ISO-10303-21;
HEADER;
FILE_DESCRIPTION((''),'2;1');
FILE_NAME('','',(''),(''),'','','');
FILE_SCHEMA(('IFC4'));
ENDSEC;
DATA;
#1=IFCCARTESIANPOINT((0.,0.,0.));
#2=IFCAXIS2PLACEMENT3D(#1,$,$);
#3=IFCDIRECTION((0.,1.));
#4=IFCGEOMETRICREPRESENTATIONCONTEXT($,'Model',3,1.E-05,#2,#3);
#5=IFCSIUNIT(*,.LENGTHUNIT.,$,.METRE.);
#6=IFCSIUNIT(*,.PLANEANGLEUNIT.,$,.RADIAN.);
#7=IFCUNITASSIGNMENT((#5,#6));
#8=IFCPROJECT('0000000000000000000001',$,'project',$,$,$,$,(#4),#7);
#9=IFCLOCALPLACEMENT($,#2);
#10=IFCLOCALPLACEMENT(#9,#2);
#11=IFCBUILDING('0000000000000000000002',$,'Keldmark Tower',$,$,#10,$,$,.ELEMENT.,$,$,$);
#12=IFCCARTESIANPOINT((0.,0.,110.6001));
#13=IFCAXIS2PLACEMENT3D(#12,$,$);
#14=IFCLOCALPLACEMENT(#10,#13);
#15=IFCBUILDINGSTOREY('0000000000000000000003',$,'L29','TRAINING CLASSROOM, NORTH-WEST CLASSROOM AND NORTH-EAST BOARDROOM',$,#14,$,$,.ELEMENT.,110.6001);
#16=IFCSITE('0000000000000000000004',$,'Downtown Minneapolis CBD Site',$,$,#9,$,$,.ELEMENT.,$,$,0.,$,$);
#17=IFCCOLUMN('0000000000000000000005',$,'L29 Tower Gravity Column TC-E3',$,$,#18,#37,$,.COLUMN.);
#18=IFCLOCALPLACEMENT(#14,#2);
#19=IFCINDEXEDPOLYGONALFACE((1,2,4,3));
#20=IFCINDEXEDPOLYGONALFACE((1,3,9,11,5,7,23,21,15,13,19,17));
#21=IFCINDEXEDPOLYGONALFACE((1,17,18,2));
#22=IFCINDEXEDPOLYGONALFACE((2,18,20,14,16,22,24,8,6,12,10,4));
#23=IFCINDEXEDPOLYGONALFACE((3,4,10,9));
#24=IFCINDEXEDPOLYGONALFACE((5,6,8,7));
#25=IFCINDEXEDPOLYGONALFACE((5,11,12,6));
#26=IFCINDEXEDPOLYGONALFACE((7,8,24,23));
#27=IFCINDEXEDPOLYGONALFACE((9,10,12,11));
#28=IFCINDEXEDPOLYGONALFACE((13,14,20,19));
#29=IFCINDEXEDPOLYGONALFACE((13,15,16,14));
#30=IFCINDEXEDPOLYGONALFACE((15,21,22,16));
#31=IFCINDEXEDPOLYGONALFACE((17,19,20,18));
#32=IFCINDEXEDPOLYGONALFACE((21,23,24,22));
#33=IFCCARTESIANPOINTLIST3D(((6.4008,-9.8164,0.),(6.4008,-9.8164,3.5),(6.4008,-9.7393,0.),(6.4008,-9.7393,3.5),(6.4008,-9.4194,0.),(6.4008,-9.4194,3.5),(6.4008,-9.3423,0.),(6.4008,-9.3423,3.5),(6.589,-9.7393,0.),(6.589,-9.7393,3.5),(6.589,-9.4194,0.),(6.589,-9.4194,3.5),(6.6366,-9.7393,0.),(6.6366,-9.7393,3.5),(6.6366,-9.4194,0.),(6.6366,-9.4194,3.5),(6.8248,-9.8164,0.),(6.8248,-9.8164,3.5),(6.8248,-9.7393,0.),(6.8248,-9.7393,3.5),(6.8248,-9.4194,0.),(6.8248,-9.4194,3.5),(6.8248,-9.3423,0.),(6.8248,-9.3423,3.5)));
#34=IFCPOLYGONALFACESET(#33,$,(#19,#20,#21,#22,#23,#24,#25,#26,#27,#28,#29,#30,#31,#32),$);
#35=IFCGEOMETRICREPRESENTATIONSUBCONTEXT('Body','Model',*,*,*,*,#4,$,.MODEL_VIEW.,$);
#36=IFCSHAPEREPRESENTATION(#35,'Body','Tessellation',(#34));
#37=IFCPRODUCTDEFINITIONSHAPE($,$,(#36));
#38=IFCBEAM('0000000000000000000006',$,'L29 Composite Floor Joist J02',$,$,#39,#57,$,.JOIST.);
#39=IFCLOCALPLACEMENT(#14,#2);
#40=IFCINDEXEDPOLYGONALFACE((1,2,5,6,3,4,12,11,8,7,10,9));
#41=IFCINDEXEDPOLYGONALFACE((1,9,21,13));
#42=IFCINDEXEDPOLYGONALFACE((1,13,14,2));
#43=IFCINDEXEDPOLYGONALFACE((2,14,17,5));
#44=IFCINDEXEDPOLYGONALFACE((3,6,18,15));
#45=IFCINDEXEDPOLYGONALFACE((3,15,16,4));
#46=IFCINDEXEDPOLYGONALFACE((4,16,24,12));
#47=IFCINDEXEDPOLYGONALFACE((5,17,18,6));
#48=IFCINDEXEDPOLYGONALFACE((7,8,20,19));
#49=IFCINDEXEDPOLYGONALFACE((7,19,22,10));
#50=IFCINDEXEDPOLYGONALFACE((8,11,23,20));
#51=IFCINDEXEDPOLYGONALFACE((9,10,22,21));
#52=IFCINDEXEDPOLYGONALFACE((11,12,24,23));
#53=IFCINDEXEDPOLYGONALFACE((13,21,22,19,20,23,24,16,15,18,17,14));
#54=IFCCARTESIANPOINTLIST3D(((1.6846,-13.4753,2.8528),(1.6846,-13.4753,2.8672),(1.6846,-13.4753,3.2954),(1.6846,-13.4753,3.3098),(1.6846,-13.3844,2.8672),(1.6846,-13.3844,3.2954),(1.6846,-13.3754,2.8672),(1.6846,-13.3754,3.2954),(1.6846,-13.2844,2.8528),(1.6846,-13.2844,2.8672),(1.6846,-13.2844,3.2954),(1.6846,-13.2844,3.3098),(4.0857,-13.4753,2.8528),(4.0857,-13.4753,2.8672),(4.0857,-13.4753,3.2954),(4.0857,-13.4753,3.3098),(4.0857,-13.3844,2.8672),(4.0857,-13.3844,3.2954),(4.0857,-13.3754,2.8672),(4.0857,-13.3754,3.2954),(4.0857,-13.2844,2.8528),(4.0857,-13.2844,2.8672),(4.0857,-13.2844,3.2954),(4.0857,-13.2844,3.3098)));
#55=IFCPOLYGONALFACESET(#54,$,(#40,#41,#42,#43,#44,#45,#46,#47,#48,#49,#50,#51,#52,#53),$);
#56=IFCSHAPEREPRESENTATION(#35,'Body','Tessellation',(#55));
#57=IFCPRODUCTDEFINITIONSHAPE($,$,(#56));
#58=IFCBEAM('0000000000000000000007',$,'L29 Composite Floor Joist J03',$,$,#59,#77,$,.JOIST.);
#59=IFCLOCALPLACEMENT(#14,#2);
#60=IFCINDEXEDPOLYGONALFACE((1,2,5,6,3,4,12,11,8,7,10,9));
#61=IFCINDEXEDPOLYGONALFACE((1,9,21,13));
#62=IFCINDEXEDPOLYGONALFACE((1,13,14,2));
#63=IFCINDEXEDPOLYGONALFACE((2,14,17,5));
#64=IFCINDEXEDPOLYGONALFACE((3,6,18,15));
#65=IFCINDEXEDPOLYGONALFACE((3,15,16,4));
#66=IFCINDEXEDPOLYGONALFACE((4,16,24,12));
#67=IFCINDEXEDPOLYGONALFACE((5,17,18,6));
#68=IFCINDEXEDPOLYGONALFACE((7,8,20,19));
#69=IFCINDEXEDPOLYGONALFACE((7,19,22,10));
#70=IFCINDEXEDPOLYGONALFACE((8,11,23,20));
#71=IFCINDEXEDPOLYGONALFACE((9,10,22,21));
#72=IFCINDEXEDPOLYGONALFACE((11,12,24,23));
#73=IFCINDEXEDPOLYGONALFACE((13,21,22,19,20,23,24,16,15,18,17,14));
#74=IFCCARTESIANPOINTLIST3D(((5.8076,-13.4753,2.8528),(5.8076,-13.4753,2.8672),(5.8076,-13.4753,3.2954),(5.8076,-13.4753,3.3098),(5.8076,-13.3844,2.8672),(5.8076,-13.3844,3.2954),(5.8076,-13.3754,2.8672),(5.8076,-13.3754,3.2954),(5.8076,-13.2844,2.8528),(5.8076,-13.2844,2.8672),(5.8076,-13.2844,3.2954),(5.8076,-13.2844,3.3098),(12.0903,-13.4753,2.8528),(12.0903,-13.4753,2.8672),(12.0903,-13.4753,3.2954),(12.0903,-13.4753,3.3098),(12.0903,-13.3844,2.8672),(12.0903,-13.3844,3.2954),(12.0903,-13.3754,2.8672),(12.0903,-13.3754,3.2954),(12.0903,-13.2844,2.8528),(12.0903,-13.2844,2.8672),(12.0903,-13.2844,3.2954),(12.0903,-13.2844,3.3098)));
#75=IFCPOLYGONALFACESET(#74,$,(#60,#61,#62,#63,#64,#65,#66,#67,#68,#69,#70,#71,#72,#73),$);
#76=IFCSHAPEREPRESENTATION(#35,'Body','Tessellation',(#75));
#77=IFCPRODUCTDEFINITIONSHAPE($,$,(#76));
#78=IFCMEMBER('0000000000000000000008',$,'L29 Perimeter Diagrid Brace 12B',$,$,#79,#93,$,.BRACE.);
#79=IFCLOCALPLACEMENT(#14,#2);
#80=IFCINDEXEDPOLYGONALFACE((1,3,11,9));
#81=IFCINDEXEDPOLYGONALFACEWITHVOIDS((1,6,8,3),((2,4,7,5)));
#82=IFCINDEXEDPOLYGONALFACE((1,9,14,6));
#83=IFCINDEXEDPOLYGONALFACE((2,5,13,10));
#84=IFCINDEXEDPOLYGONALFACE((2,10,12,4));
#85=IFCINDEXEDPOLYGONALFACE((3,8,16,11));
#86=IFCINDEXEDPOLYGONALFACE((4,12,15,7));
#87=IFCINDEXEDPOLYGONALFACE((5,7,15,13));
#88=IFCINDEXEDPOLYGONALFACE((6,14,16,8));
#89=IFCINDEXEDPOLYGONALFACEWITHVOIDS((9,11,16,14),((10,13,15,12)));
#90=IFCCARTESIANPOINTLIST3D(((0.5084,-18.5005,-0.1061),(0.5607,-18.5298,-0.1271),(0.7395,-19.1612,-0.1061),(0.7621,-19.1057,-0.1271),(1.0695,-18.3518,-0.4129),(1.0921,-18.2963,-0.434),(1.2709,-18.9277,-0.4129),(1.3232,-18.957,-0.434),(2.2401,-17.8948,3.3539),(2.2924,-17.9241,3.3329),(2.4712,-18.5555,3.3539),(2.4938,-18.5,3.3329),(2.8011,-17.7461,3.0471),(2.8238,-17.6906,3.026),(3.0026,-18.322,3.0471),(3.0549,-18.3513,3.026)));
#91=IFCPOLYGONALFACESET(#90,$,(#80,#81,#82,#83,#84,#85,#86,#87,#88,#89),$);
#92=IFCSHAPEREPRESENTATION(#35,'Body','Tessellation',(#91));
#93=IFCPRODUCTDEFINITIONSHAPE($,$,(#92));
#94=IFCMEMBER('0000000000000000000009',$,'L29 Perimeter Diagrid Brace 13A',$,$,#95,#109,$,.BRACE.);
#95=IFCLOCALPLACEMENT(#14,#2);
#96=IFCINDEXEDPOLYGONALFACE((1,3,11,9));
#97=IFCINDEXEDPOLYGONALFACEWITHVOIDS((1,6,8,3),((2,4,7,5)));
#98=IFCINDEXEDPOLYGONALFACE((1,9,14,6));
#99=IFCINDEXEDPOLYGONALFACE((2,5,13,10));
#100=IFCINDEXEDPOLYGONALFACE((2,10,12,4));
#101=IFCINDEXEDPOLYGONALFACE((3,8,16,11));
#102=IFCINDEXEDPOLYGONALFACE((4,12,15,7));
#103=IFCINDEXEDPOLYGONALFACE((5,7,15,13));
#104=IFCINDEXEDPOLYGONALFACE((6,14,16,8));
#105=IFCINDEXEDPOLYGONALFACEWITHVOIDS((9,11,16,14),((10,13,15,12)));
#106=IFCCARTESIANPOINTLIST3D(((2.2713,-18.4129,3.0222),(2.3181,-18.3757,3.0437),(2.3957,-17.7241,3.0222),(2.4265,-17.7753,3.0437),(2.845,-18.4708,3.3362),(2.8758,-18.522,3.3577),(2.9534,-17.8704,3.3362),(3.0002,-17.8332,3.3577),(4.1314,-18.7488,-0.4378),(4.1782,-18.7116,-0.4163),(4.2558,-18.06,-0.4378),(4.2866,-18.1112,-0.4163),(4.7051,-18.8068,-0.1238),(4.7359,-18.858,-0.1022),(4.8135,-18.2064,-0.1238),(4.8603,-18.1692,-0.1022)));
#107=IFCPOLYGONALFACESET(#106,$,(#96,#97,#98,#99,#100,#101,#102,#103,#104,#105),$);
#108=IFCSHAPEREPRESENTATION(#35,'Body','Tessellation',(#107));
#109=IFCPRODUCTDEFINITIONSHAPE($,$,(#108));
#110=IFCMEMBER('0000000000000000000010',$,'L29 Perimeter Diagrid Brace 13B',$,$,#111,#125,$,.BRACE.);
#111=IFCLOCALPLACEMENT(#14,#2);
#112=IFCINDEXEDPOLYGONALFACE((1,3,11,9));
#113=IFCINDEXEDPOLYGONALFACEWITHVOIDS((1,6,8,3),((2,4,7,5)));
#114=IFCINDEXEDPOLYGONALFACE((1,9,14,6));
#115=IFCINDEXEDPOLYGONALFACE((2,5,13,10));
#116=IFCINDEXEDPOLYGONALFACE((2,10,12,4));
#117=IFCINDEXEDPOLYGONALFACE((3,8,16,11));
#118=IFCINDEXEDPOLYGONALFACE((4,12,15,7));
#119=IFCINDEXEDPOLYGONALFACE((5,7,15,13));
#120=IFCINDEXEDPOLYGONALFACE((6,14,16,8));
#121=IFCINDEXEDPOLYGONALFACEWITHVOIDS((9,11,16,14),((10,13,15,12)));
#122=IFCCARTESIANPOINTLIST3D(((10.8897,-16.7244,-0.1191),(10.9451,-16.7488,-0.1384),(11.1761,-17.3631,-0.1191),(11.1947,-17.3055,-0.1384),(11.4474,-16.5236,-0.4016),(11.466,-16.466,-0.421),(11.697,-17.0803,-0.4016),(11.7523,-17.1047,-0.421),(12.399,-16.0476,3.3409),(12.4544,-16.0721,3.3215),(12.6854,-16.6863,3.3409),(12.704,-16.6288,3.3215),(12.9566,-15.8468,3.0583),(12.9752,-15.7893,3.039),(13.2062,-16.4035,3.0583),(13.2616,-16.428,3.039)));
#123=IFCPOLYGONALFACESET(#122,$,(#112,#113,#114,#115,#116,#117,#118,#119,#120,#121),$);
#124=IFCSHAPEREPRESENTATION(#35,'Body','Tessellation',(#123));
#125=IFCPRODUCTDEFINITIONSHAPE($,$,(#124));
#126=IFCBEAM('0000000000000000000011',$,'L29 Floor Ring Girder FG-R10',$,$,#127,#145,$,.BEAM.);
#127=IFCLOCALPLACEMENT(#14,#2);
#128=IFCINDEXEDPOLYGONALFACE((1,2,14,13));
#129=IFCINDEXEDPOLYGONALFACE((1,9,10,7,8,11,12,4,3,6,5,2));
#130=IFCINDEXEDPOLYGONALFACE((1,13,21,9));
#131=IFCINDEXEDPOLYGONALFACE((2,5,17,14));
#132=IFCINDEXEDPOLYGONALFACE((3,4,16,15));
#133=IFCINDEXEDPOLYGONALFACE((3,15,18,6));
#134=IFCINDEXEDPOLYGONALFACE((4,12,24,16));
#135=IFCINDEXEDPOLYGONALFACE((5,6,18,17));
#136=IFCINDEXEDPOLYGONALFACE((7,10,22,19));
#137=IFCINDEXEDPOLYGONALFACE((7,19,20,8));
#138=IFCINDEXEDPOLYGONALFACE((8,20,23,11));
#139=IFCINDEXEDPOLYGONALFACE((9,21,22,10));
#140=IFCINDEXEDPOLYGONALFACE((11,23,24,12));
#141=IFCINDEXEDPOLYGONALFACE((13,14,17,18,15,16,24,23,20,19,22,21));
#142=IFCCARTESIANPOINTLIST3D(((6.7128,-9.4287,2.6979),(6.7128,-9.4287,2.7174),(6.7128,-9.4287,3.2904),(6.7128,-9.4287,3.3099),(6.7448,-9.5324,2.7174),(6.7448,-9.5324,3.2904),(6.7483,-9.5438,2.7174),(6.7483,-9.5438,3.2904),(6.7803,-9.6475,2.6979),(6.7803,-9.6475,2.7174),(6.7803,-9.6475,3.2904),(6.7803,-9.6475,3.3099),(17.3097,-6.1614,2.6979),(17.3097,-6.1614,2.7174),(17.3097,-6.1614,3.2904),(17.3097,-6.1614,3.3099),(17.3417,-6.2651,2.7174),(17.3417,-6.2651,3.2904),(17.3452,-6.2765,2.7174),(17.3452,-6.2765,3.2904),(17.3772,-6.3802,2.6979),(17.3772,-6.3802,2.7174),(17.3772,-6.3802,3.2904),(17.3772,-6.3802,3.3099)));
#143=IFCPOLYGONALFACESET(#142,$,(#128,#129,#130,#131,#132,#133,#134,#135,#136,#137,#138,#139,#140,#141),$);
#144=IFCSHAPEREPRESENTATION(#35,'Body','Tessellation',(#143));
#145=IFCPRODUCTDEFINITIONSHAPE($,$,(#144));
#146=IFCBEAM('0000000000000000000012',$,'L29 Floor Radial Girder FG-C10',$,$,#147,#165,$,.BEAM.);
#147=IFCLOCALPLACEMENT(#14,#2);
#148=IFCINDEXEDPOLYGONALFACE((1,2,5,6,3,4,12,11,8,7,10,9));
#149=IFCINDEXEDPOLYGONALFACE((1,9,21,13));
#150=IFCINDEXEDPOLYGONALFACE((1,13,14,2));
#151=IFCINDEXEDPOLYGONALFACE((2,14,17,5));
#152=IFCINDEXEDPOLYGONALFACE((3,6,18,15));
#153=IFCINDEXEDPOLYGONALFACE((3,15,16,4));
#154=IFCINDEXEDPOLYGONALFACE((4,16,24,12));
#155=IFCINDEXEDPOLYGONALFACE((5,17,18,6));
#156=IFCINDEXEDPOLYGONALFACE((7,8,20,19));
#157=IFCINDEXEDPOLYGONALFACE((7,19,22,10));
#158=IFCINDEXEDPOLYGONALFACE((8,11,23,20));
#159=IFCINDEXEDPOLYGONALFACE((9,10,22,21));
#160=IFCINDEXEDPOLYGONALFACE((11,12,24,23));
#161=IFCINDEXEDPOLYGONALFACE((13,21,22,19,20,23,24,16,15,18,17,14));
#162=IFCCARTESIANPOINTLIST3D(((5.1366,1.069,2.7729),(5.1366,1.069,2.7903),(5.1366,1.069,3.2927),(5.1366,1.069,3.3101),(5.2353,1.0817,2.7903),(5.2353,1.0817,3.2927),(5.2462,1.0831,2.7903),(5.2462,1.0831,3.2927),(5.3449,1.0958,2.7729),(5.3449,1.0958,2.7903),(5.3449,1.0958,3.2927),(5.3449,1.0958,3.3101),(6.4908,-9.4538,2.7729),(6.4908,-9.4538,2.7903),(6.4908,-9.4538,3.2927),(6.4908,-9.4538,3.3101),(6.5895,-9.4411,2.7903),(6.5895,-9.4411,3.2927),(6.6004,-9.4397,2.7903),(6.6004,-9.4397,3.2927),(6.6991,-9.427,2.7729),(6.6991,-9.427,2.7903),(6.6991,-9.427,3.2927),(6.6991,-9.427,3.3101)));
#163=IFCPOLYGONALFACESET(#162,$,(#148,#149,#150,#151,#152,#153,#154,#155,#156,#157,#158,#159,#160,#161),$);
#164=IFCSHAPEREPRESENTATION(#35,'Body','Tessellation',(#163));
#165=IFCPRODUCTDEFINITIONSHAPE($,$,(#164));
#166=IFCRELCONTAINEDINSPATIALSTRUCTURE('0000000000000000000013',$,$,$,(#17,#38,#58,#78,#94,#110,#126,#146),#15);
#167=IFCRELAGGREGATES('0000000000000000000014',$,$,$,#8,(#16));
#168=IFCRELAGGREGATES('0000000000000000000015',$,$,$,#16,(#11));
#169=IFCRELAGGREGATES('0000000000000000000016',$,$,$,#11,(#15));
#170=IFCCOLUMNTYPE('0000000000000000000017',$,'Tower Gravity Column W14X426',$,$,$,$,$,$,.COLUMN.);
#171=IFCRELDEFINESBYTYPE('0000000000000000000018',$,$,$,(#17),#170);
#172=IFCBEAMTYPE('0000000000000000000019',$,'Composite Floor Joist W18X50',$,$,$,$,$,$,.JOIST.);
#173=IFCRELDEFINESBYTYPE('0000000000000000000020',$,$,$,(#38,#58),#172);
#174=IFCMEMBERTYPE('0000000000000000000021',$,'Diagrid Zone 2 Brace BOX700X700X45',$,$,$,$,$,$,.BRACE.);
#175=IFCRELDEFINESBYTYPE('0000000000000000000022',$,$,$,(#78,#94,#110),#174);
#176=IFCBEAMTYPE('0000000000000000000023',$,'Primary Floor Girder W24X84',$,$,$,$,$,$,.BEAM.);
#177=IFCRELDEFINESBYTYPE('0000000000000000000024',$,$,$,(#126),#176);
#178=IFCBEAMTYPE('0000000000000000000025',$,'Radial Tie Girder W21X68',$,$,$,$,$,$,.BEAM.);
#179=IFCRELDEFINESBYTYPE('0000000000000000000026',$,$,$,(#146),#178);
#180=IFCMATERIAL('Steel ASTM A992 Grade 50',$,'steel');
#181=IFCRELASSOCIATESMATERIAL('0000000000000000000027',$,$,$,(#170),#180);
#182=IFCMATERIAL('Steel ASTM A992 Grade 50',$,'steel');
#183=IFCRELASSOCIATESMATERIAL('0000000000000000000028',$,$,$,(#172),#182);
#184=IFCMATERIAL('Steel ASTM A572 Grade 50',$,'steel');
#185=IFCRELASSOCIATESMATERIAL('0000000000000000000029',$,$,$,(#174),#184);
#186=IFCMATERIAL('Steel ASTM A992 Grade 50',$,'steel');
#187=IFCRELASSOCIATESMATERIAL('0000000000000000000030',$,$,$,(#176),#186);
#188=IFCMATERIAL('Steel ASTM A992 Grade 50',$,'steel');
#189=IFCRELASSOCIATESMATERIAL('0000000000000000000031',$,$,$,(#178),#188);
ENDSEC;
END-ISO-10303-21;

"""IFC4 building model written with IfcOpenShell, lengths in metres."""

from ifc_helpers import new_model, si_unit, direction, frame, origin, origin_2d, place, context, subcontext, project, spatial, hollow_rectangle, i_section, extrude, material, material_profile, profile_set, type_object, element, save


model = new_model("IFC4")

# Units and contexts
model_context = context("Model", 3, precision=1e-05, world=origin(), true_north=direction((0.0, 1.0)))
body_context = subcontext(model_context, "Body", "Model", "MODEL_VIEW")
ifc_project = project(units=[si_unit("LENGTHUNIT", "METRE"), si_unit("PLANEANGLEUNIT", "RADIAN")], contexts=[model_context])

# Site, building, storey
site_placement = place(None, origin())
site = spatial("IfcSite", under=ifc_project, at=site_placement, Name="Downtown Minneapolis CBD Site", CompositionType="ELEMENT", RefElevation=0.0)
building_placement = place(site_placement, origin())
building = spatial("IfcBuilding", under=site, at=building_placement, Name="Keldmark Tower", CompositionType="ELEMENT")
storey_placement = place(building_placement, frame((0.0, 0.0, 110.6001)))
storey = spatial("IfcBuildingStorey", under=building, at=storey_placement, Name="L29", Description="TRAINING CLASSROOM, NORTH-WEST CLASSROOM AND NORTH-EAST BOARDROOM", CompositionType="ELEMENT", Elevation=110.6001)

# Column
ifc_material_1 = material(Name="Steel ASTM A992 Grade 50", Category="steel")
ifc_material_profile_1 = material_profile(ifc_material_1, i_section(OverallWidth=0.4241, OverallDepth=0.4741, WebThickness=0.0476, FlangeThickness=0.0771, at=origin_2d()), Name="W14X426")
ifc_profile_set_1 = profile_set([ifc_material_profile_1], Name="Steel ASTM A992 Grade 50")
column_type = type_object("IfcColumnType", Name="Tower Gravity Column W14X426", PredefinedType="COLUMN", material=ifc_profile_set_1)
column_placement = place(storey_placement, frame((6.6128, -9.5793, 0.0), z_axis=(0.0, 0.0, 1.0), x_axis=(1.0, 0.0, 0.0)))
element("IfcColumn", 1, at=column_placement, inside=storey, type_object=column_type, Name="L29 Tower Gravity Column TC-E3", PredefinedType="COLUMN", context=body_context, shape_type="SweptSolid", body=[
    extrude(i_section(OverallWidth=0.4241, OverallDepth=0.4741, WebThickness=0.0476, FlangeThickness=0.0771, at=origin_2d()), origin(), (0.0, 0.0, 1.0), 3.5),
])

# Beams
ifc_material_2 = material(Name="Steel ASTM A992 Grade 50", Category="steel")
ifc_material_profile_2 = material_profile(ifc_material_2, i_section(OverallWidth=0.1909, OverallDepth=0.457, WebThickness=0.009, FlangeThickness=0.0144, at=origin_2d()), Name="W18X50")
ifc_profile_set_2 = profile_set([ifc_material_profile_2], Name="Steel ASTM A992 Grade 50")
beam_type_1 = type_object("IfcBeamType", Name="Composite Floor Joist W18X50", PredefinedType="JOIST", material=ifc_profile_set_2)
beam_1_placement = place(storey_placement, frame((1.6846, -13.3799, 3.0813), z_axis=(1.0, 0.0, 0.0), x_axis=(0.0, 1.0, 0.0)))
element("IfcBeam", 2, at=beam_1_placement, inside=storey, type_object=beam_type_1, Name="L29 Composite Floor Joist J02", PredefinedType="JOIST", context=body_context, shape_type="SweptSolid", body=[
    extrude(i_section(OverallWidth=0.1909, OverallDepth=0.457, WebThickness=0.009, FlangeThickness=0.0144, at=origin_2d()), origin(), (0.0, 0.0, 1.0), 2.4011),
])
beam_2_placement = place(storey_placement, frame((5.8076, -13.3799, 3.0813), z_axis=(1.0, 0.0, 0.0), x_axis=(0.0, 1.0, 0.0)))
element("IfcBeam", 3, at=beam_2_placement, inside=storey, type_object=beam_type_1, Name="L29 Composite Floor Joist J03", PredefinedType="JOIST", context=body_context, shape_type="SweptSolid", body=[
    extrude(i_section(OverallWidth=0.1909, OverallDepth=0.457, WebThickness=0.009, FlangeThickness=0.0144, at=origin_2d()), origin(), (0.0, 0.0, 1.0), 6.2827),
])

# Members
ifc_material_3 = material(Name="Steel ASTM A572 Grade 50", Category="steel")
ifc_material_profile_3 = material_profile(ifc_material_3, hollow_rectangle(XDim=0.7, YDim=0.7, WallThickness=0.0449, at=origin_2d()), Name="BOX700X700X45")
ifc_profile_set_3 = profile_set([ifc_material_profile_3], Name="Steel ASTM A572 Grade 50")
member_type = type_object("IfcMemberType", Name="Diagrid Zone 2 Brace BOX700X700X45", PredefinedType="BRACE", material=ifc_profile_set_3)
member_1_placement = place(storey_placement, frame((0.9158, -18.7288, -0.27), z_axis=(0.442181, 0.154667, 0.88349), x_axis=(-0.330167, 0.943923, 0.0)))
element("IfcMember", 4, at=member_1_placement, inside=storey, type_object=member_type, Name="L29 Perimeter Diagrid Brace 12B", PredefinedType="BRACE", context=body_context, shape_type="SweptSolid", body=[
    extrude(hollow_rectangle(XDim=0.7, YDim=0.7, WallThickness=0.0449, at=origin_2d()), origin(), (0.0, 0.0, 1.0), 3.9163),
])
member_2_placement = place(storey_placement, frame((4.4958, -18.459, -0.27), z_axis=(-0.471796, 0.085207, 0.877581), x_axis=(-0.177726, -0.98408, 0.0)))
element("IfcMember", 5, at=member_2_placement, inside=storey, type_object=member_type, Name="L29 Perimeter Diagrid Brace 13A", PredefinedType="BRACE", context=body_context, shape_type="SweptSolid", body=[
    extrude(hollow_rectangle(XDim=0.7, YDim=0.7, WallThickness=0.0449, at=origin_2d()), origin(), (0.0, 0.0, 1.0), 3.9426),
])
member_3_placement = place(storey_placement, frame((11.321, -16.9146, -0.27), z_axis=(0.393553, 0.176469, 0.902206), x_axis=(-0.409149, 0.912468, 0.0)))
element("IfcMember", 6, at=member_3_placement, inside=storey, type_object=member_type, Name="L29 Perimeter Diagrid Brace 13B", PredefinedType="BRACE", context=body_context, shape_type="SweptSolid", body=[
    extrude(hollow_rectangle(XDim=0.7, YDim=0.7, WallThickness=0.0449, at=origin_2d()), origin(), (0.0, 0.0, 1.0), 3.835),
])

# Beams
ifc_material_4 = material(Name="Steel ASTM A992 Grade 50", Category="steel")
ifc_material_profile_4 = material_profile(ifc_material_4, i_section(OverallWidth=0.229, OverallDepth=0.6121, WebThickness=0.012, FlangeThickness=0.0195, at=origin_2d()), Name="W24X84")
ifc_profile_set_4 = profile_set([ifc_material_profile_4], Name="Steel ASTM A992 Grade 50")
beam_type_2 = type_object("IfcBeamType", Name="Primary Floor Girder W24X84", PredefinedType="BEAM", material=ifc_profile_set_4)
beam_3_placement = place(storey_placement, frame((6.7466, -9.5381, 3.0039), z_axis=(0.955608, 0.294641, 0.0), x_axis=(-0.294641, 0.955608, 0.0)))
element("IfcBeam", 7, at=beam_3_placement, inside=storey, type_object=beam_type_2, Name="L29 Floor Ring Girder FG-R10", PredefinedType="BEAM", context=body_context, shape_type="SweptSolid", body=[
    extrude(i_section(OverallWidth=0.229, OverallDepth=0.6121, WebThickness=0.012, FlangeThickness=0.0195, at=origin_2d()), origin(), (0.0, 0.0, 1.0), 11.0891),
])
ifc_material_5 = material(Name="Steel ASTM A992 Grade 50", Category="steel")
ifc_material_profile_5 = material_profile(ifc_material_5, i_section(OverallWidth=0.21, OverallDepth=0.5371, WebThickness=0.011, FlangeThickness=0.0173, at=origin_2d()), Name="W21X68")
ifc_profile_set_5 = profile_set([ifc_material_profile_5], Name="Steel ASTM A992 Grade 50")
beam_type_3 = type_object("IfcBeamType", Name="Radial Tie Girder W21X68", PredefinedType="BEAM", material=ifc_profile_set_5)
beam_4_placement = place(storey_placement, frame((6.595, -9.4404, 3.0415), z_axis=(-0.127642, 0.99182, 0.0), x_axis=(-0.99182, -0.127642, 0.0)))
element("IfcBeam", 8, at=beam_4_placement, inside=storey, type_object=beam_type_3, Name="L29 Floor Radial Girder FG-C10", PredefinedType="BEAM", context=body_context, shape_type="SweptSolid", body=[
    extrude(i_section(OverallWidth=0.21, OverallDepth=0.5371, WebThickness=0.011, FlangeThickness=0.0173, at=origin_2d()), origin(), (0.0, 0.0, 1.0), 10.6096),
])

save(model, "model.ifc")
